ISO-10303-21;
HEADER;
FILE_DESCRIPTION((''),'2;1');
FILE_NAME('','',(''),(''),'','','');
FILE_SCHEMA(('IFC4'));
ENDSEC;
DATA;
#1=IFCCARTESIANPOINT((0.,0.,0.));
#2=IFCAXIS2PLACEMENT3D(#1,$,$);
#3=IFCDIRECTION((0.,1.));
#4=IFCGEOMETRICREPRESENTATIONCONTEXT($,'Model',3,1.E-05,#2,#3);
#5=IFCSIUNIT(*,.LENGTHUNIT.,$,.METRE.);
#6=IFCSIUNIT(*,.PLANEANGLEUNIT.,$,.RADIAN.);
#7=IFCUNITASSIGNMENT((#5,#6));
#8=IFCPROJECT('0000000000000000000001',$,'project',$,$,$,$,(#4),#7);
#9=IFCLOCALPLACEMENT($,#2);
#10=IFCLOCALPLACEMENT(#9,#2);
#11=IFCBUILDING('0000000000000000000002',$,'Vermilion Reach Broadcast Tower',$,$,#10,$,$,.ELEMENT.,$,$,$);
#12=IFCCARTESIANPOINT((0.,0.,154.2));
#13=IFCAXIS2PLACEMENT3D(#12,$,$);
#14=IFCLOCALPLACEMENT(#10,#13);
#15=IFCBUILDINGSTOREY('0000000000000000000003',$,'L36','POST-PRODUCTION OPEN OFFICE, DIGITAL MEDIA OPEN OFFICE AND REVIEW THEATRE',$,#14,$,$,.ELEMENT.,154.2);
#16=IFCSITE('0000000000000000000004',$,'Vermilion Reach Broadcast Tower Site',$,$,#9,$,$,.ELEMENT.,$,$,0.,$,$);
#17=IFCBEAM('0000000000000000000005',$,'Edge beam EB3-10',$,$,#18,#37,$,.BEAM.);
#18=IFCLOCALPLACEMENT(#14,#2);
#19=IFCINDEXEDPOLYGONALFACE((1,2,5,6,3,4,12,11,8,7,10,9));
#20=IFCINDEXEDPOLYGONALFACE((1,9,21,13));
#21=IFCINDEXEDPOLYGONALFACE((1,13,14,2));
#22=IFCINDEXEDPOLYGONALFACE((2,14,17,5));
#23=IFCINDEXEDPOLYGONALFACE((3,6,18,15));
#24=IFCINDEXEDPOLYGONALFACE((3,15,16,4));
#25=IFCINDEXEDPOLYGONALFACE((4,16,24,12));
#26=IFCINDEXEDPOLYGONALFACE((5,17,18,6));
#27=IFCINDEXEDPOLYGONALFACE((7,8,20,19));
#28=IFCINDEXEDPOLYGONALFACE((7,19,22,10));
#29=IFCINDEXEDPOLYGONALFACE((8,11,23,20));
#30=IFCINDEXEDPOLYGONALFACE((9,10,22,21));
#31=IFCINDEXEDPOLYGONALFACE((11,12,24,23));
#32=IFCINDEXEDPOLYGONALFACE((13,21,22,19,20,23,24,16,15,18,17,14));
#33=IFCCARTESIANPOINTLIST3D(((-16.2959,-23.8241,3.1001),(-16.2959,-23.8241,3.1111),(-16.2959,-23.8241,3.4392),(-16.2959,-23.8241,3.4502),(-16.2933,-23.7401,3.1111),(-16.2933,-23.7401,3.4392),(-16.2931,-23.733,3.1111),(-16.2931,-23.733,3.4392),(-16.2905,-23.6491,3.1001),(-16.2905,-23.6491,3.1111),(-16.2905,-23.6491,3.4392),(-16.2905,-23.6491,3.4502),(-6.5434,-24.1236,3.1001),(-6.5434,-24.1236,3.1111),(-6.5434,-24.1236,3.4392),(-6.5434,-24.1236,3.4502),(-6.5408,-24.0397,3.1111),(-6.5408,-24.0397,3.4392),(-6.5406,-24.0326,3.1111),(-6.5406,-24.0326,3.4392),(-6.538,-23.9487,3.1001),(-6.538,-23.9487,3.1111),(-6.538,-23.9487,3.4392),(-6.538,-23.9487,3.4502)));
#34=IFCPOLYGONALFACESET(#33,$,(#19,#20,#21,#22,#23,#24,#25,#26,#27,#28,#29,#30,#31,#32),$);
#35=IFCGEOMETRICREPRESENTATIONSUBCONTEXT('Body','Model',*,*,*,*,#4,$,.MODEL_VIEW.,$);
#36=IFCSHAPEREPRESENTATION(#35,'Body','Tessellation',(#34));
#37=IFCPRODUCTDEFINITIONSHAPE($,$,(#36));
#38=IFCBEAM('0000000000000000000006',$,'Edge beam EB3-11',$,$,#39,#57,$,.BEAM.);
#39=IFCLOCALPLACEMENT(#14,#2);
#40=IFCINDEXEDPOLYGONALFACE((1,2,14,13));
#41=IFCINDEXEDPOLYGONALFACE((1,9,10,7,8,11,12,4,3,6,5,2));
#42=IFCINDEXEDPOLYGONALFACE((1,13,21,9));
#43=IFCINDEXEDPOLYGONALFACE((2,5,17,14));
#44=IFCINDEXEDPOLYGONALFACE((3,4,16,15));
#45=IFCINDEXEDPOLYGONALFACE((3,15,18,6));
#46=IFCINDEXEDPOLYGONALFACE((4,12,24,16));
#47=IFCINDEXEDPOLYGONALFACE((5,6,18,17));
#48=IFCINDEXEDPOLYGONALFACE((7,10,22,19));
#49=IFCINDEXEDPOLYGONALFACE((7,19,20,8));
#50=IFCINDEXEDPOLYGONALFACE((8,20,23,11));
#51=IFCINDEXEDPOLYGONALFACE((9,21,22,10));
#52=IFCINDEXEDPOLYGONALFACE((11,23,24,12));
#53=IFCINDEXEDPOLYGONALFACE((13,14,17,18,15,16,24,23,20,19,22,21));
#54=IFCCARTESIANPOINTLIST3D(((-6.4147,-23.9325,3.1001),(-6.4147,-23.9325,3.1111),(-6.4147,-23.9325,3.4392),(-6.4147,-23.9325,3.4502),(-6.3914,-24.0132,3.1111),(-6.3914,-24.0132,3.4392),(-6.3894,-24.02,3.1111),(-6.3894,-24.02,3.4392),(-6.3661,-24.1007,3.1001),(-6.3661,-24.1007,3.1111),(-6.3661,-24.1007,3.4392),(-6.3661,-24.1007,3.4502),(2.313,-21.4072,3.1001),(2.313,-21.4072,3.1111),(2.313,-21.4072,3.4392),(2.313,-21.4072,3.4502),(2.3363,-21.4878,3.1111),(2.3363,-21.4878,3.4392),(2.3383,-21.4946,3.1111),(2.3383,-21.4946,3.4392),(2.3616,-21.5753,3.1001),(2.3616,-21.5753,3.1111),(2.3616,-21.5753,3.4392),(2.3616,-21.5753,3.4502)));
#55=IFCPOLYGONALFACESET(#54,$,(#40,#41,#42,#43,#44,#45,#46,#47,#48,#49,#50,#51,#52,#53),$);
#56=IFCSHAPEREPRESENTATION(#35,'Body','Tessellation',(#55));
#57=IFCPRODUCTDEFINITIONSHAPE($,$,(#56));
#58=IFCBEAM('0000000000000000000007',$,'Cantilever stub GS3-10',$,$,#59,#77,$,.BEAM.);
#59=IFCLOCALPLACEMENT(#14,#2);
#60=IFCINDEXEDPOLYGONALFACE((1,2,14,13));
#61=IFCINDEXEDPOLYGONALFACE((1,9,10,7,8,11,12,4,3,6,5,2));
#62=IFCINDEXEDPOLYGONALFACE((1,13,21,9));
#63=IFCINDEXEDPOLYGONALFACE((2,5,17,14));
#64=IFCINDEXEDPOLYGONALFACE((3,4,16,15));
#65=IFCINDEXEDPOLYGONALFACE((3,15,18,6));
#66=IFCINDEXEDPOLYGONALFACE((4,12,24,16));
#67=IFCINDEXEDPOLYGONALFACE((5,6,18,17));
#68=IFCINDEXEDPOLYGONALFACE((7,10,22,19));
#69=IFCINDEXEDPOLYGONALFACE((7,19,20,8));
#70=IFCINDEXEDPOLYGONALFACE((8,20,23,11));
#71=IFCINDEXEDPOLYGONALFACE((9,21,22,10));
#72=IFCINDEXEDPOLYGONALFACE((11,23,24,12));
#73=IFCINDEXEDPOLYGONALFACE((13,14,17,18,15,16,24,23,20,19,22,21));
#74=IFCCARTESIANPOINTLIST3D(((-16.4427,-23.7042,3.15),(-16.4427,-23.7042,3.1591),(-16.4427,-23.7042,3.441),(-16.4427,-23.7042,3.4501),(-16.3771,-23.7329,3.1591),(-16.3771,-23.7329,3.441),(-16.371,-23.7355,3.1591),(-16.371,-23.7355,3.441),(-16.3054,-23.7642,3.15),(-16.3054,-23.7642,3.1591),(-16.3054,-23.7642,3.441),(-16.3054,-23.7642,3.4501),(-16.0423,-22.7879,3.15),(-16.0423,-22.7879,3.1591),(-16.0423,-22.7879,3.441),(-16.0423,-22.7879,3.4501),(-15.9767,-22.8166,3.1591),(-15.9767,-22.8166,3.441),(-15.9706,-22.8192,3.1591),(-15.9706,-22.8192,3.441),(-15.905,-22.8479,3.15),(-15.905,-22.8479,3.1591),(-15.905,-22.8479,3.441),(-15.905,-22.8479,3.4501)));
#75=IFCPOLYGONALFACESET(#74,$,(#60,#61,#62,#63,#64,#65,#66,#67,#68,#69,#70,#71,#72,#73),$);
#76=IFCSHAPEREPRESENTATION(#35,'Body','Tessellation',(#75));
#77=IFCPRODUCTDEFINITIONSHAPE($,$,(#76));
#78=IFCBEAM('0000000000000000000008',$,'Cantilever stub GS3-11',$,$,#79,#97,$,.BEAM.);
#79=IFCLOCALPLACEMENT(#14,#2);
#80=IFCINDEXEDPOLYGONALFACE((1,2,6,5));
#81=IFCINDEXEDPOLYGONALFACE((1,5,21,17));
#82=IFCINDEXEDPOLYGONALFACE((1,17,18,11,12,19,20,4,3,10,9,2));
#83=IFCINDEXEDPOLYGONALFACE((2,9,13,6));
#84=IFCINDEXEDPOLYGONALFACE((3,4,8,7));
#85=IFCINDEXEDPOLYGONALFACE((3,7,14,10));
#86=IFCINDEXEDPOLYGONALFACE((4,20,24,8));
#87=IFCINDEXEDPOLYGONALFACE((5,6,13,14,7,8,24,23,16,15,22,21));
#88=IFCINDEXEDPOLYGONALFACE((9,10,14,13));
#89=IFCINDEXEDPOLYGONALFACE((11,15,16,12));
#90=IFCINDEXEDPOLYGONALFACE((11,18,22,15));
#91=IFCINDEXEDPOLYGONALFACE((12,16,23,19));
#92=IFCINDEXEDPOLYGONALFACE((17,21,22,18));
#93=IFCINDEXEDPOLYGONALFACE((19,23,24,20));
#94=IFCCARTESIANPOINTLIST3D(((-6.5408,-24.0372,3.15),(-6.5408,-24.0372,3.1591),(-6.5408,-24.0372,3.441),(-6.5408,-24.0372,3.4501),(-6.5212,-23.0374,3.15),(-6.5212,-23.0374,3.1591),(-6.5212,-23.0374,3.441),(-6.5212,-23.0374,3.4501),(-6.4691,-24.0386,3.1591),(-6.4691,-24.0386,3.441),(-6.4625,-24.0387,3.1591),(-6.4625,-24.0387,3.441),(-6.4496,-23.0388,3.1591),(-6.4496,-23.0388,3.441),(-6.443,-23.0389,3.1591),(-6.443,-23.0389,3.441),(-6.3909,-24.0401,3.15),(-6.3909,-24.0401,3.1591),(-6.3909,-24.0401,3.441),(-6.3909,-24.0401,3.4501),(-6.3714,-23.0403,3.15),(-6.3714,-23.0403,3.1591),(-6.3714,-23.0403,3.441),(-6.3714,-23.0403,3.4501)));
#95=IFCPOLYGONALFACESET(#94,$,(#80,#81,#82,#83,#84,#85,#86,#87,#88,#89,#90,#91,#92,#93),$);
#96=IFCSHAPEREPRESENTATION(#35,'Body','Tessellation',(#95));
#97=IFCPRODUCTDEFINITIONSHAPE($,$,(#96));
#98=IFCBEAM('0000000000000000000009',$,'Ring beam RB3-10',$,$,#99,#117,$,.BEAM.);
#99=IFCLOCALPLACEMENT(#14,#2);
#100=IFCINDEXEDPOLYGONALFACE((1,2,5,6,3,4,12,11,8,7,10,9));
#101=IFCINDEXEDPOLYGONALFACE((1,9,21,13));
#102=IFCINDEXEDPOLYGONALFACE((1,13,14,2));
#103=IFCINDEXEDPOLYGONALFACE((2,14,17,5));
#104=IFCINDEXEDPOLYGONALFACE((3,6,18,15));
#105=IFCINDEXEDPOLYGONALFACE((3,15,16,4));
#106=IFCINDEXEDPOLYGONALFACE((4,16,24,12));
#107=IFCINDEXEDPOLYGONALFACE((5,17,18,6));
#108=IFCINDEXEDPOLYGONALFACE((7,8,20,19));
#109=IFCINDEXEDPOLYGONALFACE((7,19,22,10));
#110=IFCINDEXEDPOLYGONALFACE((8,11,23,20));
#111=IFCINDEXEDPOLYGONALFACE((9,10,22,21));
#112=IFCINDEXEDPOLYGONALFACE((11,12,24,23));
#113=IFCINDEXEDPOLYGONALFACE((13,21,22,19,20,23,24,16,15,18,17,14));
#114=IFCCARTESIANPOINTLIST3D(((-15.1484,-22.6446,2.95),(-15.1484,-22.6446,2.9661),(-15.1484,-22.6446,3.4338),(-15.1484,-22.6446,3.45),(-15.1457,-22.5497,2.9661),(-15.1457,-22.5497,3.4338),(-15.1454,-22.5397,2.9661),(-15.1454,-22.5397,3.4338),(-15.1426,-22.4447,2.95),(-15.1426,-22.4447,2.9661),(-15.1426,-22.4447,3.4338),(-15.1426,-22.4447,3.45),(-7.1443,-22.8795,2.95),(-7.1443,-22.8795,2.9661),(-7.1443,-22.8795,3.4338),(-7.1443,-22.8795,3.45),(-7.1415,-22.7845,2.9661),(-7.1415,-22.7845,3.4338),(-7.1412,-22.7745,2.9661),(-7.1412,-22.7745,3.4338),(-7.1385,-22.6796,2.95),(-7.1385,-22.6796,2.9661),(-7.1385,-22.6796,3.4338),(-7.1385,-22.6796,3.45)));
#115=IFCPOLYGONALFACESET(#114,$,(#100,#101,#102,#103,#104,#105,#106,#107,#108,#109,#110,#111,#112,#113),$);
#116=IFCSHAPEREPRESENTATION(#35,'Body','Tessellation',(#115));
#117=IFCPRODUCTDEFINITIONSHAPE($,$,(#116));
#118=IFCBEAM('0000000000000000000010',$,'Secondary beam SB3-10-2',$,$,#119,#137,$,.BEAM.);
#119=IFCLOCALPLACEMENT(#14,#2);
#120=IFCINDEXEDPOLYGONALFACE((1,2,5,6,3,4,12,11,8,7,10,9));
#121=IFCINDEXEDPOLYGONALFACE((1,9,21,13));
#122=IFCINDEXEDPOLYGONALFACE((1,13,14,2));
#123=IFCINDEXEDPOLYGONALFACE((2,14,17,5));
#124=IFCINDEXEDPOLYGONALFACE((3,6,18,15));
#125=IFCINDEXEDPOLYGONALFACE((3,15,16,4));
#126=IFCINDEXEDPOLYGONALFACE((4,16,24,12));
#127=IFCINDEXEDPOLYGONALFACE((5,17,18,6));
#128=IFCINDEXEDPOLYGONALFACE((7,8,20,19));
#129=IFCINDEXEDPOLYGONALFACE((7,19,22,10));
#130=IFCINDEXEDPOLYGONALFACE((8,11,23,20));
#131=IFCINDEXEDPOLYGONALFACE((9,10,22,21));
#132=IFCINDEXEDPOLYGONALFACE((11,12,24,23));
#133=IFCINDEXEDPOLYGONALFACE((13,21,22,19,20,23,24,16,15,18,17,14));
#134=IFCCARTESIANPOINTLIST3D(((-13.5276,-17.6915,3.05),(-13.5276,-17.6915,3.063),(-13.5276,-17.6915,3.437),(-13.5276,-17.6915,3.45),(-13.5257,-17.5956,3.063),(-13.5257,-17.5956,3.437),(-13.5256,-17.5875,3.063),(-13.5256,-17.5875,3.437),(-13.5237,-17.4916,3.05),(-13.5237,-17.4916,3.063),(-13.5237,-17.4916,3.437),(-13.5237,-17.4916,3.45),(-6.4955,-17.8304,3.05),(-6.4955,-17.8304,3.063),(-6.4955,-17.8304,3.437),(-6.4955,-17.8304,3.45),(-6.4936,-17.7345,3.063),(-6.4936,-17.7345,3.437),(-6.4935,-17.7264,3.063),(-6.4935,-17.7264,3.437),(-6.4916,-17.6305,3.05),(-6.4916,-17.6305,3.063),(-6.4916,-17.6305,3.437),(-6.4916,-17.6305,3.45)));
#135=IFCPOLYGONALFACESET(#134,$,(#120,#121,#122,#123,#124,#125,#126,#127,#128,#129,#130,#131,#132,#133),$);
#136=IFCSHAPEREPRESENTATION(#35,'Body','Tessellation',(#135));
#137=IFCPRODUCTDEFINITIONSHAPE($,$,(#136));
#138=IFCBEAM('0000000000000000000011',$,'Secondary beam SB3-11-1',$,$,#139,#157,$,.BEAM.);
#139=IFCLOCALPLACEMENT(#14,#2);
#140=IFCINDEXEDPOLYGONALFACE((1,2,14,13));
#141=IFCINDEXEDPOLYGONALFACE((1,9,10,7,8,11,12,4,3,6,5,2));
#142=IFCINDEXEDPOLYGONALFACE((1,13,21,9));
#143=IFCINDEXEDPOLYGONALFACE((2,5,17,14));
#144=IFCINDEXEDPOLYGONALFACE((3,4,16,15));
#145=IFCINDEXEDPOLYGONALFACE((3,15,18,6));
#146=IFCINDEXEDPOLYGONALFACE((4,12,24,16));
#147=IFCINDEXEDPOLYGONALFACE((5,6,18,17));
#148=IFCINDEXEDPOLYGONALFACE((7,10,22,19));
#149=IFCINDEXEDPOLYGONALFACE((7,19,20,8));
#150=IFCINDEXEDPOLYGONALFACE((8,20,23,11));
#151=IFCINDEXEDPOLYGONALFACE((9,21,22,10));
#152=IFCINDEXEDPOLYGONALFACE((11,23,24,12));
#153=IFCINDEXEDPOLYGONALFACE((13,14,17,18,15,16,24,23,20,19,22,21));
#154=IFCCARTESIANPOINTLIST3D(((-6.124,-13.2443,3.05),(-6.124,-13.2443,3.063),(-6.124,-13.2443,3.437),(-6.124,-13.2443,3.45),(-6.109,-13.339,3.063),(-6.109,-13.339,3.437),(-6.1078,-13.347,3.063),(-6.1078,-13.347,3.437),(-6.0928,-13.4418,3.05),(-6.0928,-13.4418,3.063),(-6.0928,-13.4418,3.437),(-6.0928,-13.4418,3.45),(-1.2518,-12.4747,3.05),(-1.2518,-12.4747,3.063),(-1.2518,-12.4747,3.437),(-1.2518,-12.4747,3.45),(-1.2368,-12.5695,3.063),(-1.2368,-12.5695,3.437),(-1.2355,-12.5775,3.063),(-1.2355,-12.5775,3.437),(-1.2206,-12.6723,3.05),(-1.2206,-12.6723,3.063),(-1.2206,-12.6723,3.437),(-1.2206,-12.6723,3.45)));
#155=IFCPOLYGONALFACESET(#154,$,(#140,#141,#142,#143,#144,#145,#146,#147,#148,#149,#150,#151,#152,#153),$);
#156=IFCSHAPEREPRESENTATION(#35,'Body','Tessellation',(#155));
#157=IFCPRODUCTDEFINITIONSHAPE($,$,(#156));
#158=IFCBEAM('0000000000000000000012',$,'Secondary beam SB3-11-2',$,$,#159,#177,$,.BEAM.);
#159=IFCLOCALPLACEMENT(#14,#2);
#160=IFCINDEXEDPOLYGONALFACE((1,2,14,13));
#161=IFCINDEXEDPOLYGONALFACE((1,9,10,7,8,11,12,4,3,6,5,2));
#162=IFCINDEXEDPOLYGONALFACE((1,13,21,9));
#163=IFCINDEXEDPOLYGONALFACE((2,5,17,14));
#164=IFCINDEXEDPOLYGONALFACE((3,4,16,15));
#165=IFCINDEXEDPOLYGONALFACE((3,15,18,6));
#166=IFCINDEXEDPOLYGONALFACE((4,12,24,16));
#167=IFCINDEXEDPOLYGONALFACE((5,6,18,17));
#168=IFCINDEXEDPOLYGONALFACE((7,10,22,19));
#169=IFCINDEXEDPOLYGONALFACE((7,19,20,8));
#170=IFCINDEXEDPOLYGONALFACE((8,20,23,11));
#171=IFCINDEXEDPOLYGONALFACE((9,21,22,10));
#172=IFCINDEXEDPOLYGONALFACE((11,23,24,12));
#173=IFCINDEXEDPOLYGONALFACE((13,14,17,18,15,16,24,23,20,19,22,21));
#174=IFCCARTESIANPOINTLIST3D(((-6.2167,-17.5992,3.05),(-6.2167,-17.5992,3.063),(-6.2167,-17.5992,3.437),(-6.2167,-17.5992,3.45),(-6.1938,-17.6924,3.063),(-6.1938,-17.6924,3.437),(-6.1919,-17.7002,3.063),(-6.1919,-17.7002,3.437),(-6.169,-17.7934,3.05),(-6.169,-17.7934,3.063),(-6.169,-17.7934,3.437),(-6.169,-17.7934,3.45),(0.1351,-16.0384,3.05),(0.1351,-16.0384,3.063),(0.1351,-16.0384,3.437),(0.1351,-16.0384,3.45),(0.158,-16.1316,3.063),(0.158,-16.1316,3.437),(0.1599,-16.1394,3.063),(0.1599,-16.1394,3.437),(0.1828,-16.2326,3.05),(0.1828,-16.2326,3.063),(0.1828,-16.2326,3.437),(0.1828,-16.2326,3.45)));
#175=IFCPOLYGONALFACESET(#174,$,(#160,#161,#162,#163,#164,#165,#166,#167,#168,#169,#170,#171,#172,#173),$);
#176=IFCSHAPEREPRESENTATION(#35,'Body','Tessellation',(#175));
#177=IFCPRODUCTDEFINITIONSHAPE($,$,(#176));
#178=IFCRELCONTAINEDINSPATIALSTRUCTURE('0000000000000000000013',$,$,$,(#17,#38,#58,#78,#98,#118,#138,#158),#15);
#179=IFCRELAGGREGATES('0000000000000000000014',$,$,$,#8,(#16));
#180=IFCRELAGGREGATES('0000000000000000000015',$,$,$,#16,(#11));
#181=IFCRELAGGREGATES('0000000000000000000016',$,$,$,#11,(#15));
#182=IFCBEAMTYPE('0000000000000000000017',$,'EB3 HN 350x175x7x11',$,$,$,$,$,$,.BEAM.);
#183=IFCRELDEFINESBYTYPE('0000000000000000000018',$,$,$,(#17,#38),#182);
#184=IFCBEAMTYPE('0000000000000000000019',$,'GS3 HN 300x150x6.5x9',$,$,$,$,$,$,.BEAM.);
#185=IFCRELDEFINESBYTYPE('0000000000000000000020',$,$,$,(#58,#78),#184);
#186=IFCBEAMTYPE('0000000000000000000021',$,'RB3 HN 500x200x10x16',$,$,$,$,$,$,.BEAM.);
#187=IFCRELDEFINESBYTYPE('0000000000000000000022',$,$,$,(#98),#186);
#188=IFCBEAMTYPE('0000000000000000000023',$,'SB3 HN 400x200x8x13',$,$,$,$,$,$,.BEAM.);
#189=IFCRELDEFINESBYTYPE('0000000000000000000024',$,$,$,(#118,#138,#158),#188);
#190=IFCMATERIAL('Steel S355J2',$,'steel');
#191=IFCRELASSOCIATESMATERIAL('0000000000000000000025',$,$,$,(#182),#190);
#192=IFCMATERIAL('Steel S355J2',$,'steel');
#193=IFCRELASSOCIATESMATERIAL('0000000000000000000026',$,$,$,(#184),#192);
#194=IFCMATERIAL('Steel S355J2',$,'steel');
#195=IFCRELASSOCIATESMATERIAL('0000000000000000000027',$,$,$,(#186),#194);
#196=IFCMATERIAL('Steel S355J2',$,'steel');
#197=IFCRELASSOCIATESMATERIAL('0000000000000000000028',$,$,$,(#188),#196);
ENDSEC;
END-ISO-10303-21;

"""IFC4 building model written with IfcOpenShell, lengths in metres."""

from ifc_helpers import new_model, si_unit, direction, frame, origin, origin_2d, place, context, subcontext, project, spatial, i_section, extrude, material, material_profile, profile_set, type_object, element, save


model = new_model("IFC4")

# Units and contexts
model_context = context("Model", 3, precision=1e-05, world=origin(), true_north=direction((0.0, 1.0)))
body_context = subcontext(model_context, "Body", "Model", "MODEL_VIEW")
ifc_project = project(units=[si_unit("LENGTHUNIT", "METRE"), si_unit("PLANEANGLEUNIT", "RADIAN")], contexts=[model_context])

# Site, building, storey
site_placement = place(None, origin())
site = spatial("IfcSite", under=ifc_project, at=site_placement, Name="Vermilion Reach Broadcast Tower Site", CompositionType="ELEMENT", RefElevation=0.0)
building_placement = place(site_placement, origin())
building = spatial("IfcBuilding", under=site, at=building_placement, Name="Vermilion Reach Broadcast Tower", CompositionType="ELEMENT")
storey_placement = place(building_placement, frame((0.0, 0.0, 154.2)))
storey = spatial("IfcBuildingStorey", under=building, at=storey_placement, Name="L36", Description="POST-PRODUCTION OPEN OFFICE, DIGITAL MEDIA OPEN OFFICE AND REVIEW THEATRE", CompositionType="ELEMENT", Elevation=154.2)

# Beams
ifc_material_1 = material(Name="Steel S355J2", Category="steel")
ifc_material_profile_1 = material_profile(ifc_material_1, i_section(OverallWidth=0.175, OverallDepth=0.3501, WebThickness=0.0071, FlangeThickness=0.011, at=origin_2d()), Name="S355J2 HN 350x175x7x11")
ifc_profile_set_1 = profile_set([ifc_material_profile_1], Name="Steel S355J2")
beam_type_1 = type_object("IfcBeamType", Name="EB3 HN 350x175x7x11", PredefinedType="BEAM", material=ifc_profile_set_1)
beam_1_placement = place(storey_placement, frame((-16.2932, -23.7366, 3.2751), z_axis=(0.999529, -0.030702, 0.0), x_axis=(0.030702, 0.999529, 0.0)))
element("IfcBeam", 1, at=beam_1_placement, inside=storey, type_object=beam_type_1, Name="Edge beam EB3-10", PredefinedType="BEAM", context=body_context, shape_type="SweptSolid", body=[
    extrude(i_section(OverallWidth=0.175, OverallDepth=0.3501, WebThickness=0.0071, FlangeThickness=0.011, at=origin_2d()), origin(), (0.0, 0.0, 1.0), 9.7571),
])
beam_2_placement = place(storey_placement, frame((-6.3904, -24.0166, 3.2751), z_axis=(0.960596, 0.277949, 0.0), x_axis=(-0.277949, 0.960596, 0.0)))
element("IfcBeam", 2, at=beam_2_placement, inside=storey, type_object=beam_type_1, Name="Edge beam EB3-11", PredefinedType="BEAM", context=body_context, shape_type="SweptSolid", body=[
    extrude(i_section(OverallWidth=0.175, OverallDepth=0.3501, WebThickness=0.0071, FlangeThickness=0.011, at=origin_2d()), origin(), (0.0, 0.0, 1.0), 9.0857),
])
ifc_material_2 = material(Name="Steel S355J2", Category="steel")
ifc_material_profile_2 = material_profile(ifc_material_2, i_section(OverallWidth=0.1499, OverallDepth=0.3, WebThickness=0.0066, FlangeThickness=0.009, at=origin_2d()), Name="S355J2 HN 300x150x6.5x9")
ifc_profile_set_2 = profile_set([ifc_material_profile_2], Name="Steel S355J2")
beam_type_2 = type_object("IfcBeamType", Name="GS3 HN 300x150x6.5x9", PredefinedType="BEAM", material=ifc_profile_set_2)
for number, where, z_axis, x_axis, name in (
    (3, (-15.9736, -22.8179, 3.3), (-0.400422, -0.916331, 0.0), (0.916331, -0.400422, 0.0), "Cantilever stub GS3-10"),
    (4, (-6.4463, -23.0388, 3.3), (-0.019532, -0.999809, 0.0), (0.999809, -0.019532, 0.0), "Cantilever stub GS3-11"),
):
    element("IfcBeam", number, at=place(storey_placement, frame(where, z_axis=z_axis, x_axis=x_axis)), inside=storey, type_object=beam_type_2, Name=name, PredefinedType="BEAM", context=body_context, shape_type="SweptSolid", body=[
        extrude(i_section(OverallWidth=0.1499, OverallDepth=0.3, WebThickness=0.0066, FlangeThickness=0.009, at=origin_2d()), origin(), (0.0, 0.0, 1.0), 1.0),
    ])
ifc_material_3 = material(Name="Steel S355J2", Category="steel")
ifc_material_profile_3 = material_profile(ifc_material_3, i_section(OverallWidth=0.2, OverallDepth=0.5, WebThickness=0.01, FlangeThickness=0.0161, at=origin_2d()), Name="S355J2 HN 500x200x10x16")
ifc_profile_set_3 = profile_set([ifc_material_profile_3], Name="Steel S355J2")
beam_type_3 = type_object("IfcBeamType", Name="RB3 HN 500x200x10x16", PredefinedType="BEAM", material=ifc_profile_set_3)
beam_3_placement = place(storey_placement, frame((-15.1455, -22.5447, 3.2), z_axis=(0.99957, -0.02933, 0.0), x_axis=(0.02933, 0.99957, 0.0)))
element("IfcBeam", 5, at=beam_3_placement, inside=storey, type_object=beam_type_3, Name="Ring beam RB3-10", PredefinedType="BEAM", context=body_context, shape_type="SweptSolid", body=[
    extrude(i_section(OverallWidth=0.2, OverallDepth=0.5, WebThickness=0.01, FlangeThickness=0.0161, at=origin_2d()), origin(), (0.0, 0.0, 1.0), 8.0076),
])
ifc_material_4 = material(Name="Steel S355J2", Category="steel")
ifc_material_profile_4 = material_profile(ifc_material_4, i_section(OverallWidth=0.2, OverallDepth=0.3999, WebThickness=0.0081, FlangeThickness=0.0129, at=origin_2d()), Name="S355J2 HN 400x200x8x13")
ifc_profile_set_4 = profile_set([ifc_material_profile_4], Name="Steel S355J2")
beam_type_4 = type_object("IfcBeamType", Name="SB3 HN 400x200x8x13", PredefinedType="BEAM", material=ifc_profile_set_4)
beam_4_placement = place(storey_placement, frame((-13.5256, -17.5916, 3.25), z_axis=(0.999805, -0.019751, 0.0), x_axis=(0.019751, 0.999805, 0.0)))
element("IfcBeam", 6, at=beam_4_placement, inside=storey, type_object=beam_type_4, Name="Secondary beam SB3-10-2", PredefinedType="BEAM", context=body_context, shape_type="SweptSolid", body=[
    extrude(i_section(OverallWidth=0.2, OverallDepth=0.3999, WebThickness=0.0081, FlangeThickness=0.0129, at=origin_2d()), origin(), (0.0, 0.0, 1.0), 7.0334),
])
beam_5_placement = place(storey_placement, frame((-6.1084, -13.343, 3.25), z_axis=(0.987756, 0.156006, 0.0), x_axis=(-0.156006, 0.987756, 0.0)))
element("IfcBeam", 7, at=beam_5_placement, inside=storey, type_object=beam_type_4, Name="Secondary beam SB3-11-1", PredefinedType="BEAM", context=body_context, shape_type="SweptSolid", body=[
    extrude(i_section(OverallWidth=0.2, OverallDepth=0.3999, WebThickness=0.0081, FlangeThickness=0.0129, at=origin_2d()), origin(), (0.0, 0.0, 1.0), 4.9326),
])
beam_6_placement = place(storey_placement, frame((-6.1929, -17.6963, 3.25), z_axis=(0.971112, 0.238625, 0.0), x_axis=(-0.238625, 0.971112, 0.0)))
element("IfcBeam", 8, at=beam_6_placement, inside=storey, type_object=beam_type_4, Name="Secondary beam SB3-11-2", PredefinedType="BEAM", context=body_context, shape_type="SweptSolid", body=[
    extrude(i_section(OverallWidth=0.2, OverallDepth=0.3999, WebThickness=0.0081, FlangeThickness=0.0129, at=origin_2d()), origin(), (0.0, 0.0, 1.0), 6.5408),
])

save(model, "model.ifc")
